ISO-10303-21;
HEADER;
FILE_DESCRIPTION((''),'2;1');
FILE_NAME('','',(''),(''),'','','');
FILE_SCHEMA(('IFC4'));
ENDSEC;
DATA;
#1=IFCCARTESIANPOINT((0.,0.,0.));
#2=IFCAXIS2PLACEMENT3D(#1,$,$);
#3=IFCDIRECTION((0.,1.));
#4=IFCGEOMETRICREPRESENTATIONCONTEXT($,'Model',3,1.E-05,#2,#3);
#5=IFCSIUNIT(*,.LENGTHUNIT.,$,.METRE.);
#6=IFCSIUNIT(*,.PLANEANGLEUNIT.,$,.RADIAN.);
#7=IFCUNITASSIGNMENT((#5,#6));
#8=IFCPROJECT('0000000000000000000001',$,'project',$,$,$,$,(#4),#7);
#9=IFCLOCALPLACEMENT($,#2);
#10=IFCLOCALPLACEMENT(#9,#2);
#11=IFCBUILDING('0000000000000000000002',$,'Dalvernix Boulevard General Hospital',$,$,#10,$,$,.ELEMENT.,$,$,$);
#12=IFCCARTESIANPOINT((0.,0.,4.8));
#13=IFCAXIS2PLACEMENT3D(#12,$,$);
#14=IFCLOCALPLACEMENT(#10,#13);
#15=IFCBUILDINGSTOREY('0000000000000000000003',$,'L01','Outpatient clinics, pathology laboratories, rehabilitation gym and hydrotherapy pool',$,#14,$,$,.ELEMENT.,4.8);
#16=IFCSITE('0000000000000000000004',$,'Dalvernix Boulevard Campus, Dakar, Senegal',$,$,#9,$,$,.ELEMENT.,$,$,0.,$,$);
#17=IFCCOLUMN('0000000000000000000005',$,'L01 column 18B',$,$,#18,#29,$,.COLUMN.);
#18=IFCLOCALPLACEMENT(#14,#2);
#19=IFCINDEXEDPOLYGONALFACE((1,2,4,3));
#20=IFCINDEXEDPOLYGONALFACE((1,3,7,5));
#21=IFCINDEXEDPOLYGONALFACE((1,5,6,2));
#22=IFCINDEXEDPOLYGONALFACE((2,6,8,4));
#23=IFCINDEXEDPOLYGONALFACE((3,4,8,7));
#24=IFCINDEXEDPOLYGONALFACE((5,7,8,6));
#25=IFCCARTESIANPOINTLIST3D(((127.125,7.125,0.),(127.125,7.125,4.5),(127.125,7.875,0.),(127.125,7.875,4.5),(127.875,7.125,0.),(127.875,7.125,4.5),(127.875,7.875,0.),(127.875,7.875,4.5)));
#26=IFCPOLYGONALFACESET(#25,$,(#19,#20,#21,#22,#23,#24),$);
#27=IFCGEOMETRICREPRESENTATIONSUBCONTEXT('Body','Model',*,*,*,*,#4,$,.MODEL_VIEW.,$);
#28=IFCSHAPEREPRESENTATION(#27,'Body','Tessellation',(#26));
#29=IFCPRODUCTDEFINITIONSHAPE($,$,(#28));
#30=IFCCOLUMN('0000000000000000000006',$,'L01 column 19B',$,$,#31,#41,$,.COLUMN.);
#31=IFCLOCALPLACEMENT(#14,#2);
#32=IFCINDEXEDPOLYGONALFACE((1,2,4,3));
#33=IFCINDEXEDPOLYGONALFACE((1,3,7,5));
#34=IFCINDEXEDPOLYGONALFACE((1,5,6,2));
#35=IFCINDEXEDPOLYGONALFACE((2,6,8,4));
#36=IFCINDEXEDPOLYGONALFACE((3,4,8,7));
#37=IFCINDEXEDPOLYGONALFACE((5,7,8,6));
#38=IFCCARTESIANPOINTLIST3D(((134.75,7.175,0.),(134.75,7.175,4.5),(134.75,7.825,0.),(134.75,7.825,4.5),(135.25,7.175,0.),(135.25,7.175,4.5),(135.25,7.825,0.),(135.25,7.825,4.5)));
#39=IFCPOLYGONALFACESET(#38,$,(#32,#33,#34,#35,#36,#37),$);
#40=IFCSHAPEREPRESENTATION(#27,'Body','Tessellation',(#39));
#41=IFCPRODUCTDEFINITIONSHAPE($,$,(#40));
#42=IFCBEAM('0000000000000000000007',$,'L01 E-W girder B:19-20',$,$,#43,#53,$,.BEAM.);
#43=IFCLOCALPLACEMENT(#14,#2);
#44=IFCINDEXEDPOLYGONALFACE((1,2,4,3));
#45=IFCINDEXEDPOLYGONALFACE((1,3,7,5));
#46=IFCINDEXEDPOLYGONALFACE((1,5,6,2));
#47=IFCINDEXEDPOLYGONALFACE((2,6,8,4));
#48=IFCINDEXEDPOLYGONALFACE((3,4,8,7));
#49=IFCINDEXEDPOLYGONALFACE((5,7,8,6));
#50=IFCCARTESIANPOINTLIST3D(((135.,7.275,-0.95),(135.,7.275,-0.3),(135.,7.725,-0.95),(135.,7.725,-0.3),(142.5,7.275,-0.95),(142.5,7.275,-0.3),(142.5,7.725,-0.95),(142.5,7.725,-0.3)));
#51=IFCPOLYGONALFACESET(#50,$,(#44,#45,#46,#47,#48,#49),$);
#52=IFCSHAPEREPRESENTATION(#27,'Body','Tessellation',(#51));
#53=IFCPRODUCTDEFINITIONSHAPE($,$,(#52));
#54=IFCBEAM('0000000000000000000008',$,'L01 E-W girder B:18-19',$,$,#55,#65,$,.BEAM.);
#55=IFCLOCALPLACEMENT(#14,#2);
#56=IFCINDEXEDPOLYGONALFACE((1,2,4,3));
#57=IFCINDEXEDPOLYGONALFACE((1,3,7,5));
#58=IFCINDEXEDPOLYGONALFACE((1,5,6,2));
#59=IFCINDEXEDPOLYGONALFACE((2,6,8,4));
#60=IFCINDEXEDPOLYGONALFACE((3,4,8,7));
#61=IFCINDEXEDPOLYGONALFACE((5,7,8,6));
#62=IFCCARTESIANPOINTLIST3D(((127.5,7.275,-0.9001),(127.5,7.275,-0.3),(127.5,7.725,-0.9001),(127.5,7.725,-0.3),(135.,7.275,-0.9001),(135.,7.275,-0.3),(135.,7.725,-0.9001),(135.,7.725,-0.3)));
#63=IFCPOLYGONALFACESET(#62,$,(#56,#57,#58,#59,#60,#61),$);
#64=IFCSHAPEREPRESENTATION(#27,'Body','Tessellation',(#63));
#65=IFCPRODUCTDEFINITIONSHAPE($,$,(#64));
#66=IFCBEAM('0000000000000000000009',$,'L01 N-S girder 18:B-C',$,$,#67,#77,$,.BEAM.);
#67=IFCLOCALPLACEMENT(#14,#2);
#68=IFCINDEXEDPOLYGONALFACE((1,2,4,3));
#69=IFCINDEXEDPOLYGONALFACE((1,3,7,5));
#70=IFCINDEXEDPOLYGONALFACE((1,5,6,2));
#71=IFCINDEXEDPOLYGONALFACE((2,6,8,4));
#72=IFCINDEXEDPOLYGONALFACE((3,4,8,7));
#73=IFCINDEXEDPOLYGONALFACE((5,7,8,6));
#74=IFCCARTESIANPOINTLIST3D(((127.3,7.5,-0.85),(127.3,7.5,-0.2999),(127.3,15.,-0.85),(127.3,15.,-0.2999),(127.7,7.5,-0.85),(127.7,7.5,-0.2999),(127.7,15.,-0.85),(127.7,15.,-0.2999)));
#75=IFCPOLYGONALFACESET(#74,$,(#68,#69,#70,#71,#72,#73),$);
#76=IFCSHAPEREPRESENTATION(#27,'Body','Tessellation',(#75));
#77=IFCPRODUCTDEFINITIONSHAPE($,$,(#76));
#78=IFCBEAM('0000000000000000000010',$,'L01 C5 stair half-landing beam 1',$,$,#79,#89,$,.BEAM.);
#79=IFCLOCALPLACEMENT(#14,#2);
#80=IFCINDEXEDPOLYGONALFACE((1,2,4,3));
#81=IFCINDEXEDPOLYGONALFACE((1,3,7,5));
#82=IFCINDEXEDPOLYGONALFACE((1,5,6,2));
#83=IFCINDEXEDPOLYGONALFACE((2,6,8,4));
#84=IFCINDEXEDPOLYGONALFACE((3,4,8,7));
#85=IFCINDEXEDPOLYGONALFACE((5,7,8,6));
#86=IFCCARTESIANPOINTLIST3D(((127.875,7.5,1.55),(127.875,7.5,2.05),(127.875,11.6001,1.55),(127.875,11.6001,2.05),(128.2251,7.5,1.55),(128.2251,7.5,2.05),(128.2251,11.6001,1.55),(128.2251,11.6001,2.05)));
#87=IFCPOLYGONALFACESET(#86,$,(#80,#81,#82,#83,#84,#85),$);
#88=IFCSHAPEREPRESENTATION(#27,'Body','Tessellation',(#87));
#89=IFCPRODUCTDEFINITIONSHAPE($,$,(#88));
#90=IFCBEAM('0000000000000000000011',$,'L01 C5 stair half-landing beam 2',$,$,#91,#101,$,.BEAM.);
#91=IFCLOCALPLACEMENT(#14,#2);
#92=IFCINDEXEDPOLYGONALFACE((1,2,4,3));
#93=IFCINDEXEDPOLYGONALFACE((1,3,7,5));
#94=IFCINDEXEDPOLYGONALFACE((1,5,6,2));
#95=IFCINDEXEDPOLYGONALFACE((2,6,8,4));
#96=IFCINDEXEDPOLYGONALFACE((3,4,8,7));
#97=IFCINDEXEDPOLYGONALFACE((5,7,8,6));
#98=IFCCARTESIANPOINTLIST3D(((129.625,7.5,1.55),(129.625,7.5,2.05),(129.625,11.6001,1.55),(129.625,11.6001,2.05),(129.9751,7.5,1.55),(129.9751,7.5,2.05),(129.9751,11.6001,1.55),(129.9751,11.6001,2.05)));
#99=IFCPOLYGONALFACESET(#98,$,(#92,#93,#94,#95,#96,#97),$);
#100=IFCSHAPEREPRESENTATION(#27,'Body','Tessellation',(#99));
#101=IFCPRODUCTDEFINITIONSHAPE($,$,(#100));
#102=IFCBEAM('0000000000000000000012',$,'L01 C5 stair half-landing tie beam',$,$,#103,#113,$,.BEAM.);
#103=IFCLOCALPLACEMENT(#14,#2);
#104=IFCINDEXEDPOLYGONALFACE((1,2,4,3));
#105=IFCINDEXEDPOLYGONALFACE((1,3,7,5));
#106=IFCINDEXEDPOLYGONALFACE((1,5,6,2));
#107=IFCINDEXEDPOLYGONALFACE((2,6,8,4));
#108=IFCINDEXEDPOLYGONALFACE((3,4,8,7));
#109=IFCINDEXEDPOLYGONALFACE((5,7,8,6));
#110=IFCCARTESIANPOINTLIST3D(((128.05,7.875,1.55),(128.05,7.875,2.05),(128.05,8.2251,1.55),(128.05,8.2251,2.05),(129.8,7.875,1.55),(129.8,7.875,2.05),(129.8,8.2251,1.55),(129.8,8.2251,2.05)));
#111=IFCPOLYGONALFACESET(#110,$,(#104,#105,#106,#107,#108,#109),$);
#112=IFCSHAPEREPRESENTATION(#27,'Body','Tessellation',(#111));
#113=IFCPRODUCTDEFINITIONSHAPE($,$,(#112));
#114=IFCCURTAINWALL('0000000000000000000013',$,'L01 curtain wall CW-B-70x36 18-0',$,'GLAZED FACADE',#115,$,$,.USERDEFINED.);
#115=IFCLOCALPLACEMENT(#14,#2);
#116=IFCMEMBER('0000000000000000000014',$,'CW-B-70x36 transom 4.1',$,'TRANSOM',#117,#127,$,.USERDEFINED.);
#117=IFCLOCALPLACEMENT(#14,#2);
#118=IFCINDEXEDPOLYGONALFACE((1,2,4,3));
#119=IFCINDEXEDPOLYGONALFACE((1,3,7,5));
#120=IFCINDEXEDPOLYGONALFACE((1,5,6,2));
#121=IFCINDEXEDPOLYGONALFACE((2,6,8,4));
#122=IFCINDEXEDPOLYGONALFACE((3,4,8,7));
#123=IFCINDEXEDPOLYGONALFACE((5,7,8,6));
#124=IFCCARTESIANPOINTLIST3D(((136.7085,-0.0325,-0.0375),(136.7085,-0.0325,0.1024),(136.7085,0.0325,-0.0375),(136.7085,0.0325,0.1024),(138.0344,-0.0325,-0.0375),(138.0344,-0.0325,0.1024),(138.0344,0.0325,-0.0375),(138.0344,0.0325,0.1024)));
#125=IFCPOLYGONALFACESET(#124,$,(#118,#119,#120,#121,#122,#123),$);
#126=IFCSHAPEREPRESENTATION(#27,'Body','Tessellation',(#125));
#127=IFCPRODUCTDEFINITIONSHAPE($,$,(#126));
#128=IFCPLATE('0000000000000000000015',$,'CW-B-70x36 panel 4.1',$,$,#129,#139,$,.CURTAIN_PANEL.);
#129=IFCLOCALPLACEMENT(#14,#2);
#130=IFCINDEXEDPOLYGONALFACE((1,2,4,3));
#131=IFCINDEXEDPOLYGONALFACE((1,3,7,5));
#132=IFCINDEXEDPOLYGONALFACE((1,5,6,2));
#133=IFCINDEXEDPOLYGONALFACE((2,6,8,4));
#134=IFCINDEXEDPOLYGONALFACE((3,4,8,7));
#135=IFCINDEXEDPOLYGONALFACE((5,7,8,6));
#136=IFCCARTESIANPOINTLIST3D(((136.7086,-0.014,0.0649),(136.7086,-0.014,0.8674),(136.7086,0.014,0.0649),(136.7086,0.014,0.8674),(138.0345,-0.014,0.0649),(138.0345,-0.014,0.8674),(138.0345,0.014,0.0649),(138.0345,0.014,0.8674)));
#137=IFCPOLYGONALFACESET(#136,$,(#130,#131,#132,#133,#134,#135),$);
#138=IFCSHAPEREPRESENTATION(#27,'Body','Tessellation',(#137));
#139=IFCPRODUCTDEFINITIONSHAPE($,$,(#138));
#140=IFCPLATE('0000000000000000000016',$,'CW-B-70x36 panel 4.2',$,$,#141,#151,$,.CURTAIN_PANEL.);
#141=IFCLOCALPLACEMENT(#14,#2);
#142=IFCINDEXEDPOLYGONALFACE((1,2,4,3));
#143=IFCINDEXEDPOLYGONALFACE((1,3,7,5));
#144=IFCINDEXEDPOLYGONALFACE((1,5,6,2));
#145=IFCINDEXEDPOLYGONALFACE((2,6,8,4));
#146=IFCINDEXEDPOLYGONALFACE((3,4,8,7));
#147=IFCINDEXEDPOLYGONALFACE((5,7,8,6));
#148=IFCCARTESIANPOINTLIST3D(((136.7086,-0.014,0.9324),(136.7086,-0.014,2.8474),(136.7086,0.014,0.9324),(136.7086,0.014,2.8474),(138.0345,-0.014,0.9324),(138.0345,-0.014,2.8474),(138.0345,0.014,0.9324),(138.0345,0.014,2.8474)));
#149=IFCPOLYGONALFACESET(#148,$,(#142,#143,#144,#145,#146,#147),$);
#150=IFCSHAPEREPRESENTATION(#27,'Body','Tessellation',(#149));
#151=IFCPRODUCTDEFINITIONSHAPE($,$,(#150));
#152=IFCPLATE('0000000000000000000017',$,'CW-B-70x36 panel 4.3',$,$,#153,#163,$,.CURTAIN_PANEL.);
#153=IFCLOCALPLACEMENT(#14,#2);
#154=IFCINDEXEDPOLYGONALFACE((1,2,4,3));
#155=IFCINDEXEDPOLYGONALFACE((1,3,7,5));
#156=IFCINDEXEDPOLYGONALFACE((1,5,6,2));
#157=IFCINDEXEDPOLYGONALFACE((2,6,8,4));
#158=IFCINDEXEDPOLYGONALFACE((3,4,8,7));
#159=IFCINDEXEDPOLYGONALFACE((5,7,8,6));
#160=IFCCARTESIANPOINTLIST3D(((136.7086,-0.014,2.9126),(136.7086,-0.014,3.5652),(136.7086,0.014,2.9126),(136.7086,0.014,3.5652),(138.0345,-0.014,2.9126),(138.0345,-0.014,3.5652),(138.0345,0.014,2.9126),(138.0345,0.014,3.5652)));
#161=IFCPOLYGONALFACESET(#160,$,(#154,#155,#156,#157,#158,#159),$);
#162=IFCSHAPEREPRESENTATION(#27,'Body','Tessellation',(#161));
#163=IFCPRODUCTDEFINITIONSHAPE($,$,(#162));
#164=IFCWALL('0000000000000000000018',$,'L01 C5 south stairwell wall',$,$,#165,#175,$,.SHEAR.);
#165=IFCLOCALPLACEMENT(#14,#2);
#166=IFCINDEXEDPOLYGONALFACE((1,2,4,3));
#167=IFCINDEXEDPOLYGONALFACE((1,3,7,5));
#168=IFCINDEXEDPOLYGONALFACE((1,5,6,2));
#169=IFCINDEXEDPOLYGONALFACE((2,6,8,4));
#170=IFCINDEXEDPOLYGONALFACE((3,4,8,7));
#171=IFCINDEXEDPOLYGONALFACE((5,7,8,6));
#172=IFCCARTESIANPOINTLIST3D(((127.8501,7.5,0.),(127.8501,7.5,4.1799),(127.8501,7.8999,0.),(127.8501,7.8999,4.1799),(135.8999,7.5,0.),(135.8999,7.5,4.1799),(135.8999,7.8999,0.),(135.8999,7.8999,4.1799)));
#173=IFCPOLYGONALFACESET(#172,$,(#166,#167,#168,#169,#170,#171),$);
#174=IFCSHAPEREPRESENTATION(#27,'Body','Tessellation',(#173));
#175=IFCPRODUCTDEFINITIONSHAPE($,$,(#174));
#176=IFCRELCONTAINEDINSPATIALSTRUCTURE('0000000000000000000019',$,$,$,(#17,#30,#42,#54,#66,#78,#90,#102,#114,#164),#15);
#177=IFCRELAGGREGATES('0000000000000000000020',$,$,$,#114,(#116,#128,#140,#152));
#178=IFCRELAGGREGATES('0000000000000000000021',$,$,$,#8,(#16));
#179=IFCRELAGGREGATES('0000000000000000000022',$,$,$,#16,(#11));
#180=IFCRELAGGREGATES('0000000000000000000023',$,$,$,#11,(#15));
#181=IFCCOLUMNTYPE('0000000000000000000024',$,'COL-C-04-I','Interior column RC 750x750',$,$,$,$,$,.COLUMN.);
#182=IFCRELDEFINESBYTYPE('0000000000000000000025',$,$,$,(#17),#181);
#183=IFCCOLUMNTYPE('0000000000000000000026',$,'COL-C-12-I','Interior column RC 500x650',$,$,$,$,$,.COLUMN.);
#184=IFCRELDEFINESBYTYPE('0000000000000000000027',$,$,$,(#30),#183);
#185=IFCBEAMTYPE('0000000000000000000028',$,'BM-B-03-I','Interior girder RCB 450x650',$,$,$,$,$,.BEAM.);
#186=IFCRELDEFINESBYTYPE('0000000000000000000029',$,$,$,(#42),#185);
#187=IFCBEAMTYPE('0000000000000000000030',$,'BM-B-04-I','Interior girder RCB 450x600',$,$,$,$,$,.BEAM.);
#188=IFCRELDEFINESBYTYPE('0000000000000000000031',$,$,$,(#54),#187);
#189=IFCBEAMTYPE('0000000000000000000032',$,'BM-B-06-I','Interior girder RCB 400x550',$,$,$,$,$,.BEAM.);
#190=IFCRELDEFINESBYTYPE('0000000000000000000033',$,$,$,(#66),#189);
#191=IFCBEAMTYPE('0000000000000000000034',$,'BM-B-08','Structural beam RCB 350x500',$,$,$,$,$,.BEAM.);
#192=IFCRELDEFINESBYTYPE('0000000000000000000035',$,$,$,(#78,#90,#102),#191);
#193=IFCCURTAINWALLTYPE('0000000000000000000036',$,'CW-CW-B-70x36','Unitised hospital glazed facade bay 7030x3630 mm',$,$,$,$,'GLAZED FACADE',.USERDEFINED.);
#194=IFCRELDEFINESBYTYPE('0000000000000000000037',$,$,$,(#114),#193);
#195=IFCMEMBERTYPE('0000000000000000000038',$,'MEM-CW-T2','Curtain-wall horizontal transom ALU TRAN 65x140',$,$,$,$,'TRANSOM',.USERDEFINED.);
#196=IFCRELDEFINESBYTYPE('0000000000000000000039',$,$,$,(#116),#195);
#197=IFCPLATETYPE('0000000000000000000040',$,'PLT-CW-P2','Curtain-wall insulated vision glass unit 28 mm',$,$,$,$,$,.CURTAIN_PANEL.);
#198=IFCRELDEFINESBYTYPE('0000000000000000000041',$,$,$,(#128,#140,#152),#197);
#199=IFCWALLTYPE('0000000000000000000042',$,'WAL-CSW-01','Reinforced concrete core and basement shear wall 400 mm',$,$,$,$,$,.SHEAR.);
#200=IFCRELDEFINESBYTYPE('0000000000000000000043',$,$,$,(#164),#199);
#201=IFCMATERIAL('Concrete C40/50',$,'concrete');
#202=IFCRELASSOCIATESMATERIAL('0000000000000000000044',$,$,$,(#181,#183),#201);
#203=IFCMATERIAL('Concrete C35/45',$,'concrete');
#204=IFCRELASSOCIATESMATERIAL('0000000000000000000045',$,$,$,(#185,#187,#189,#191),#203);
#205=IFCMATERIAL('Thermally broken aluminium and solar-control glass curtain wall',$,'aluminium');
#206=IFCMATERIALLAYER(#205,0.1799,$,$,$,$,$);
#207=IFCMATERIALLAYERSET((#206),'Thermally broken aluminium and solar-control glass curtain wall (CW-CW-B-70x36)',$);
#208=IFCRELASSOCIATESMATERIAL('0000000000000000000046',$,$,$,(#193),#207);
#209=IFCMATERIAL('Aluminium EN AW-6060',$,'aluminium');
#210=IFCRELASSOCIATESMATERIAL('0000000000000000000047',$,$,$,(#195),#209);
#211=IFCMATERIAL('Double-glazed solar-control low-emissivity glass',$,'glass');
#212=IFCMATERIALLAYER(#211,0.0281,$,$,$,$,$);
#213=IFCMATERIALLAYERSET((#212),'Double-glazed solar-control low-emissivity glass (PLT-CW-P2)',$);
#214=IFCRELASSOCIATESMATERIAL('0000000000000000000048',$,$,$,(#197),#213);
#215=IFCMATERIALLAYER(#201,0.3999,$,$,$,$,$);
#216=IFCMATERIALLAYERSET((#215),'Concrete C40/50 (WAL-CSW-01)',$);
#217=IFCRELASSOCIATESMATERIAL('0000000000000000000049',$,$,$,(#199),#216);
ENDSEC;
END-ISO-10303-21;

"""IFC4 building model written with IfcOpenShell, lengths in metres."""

from ifc_helpers import new_model, si_unit, direction, frame, frame_2d, origin, origin_2d, place, context, subcontext, project, spatial, rectangle, extrude, material, layer, layer_set, material_profile, profile_set, type_object, element, aggregate, save


model = new_model("IFC4")

# Units and contexts
model_context = context("Model", 3, precision=1e-05, world=origin(), true_north=direction((0.0, 1.0)))
body_context = subcontext(model_context, "Body", "Model", "MODEL_VIEW")
ifc_project = project(units=[si_unit("LENGTHUNIT", "METRE"), si_unit("PLANEANGLEUNIT", "RADIAN")], contexts=[model_context])

# Site, building, storey
site_placement = place(None, origin())
site = spatial("IfcSite", under=ifc_project, at=site_placement, Name="Dalvernix Boulevard Campus, Dakar, Senegal", CompositionType="ELEMENT", RefElevation=0.0)
building_placement = place(site_placement, origin())
building = spatial("IfcBuilding", under=site, at=building_placement, Name="Dalvernix Boulevard General Hospital", CompositionType="ELEMENT")
storey_placement = place(building_placement, frame((0.0, 0.0, 4.8)))
storey = spatial("IfcBuildingStorey", under=building, at=storey_placement, Name="L01", Description="Outpatient clinics, pathology laboratories, rehabilitation gym and hydrotherapy pool", CompositionType="ELEMENT", Elevation=4.8)

# Columns
ifc_material_1 = material(Name="Concrete C40/50", Category="concrete")
ifc_material_profile_1 = material_profile(ifc_material_1, rectangle(XDim=0.75, YDim=0.75, at=origin_2d()), Name="RC 750x750")
ifc_profile_set_1 = profile_set([ifc_material_profile_1], Name="Concrete C40/50")
column_type_1 = type_object("IfcColumnType", Name="COL-C-04-I", Description="Interior column RC 750x750", PredefinedType="COLUMN", material=ifc_profile_set_1)
column_1_placement = place(storey_placement, frame((127.5, 7.5, 0.0), z_axis=(0.0, 0.0, 1.0), x_axis=(1.0, 0.0, 0.0)))
element("IfcColumn", 1, at=column_1_placement, inside=storey, type_object=column_type_1, Name="L01 column 18B", PredefinedType="COLUMN", context=body_context, shape_type="SweptSolid", body=[
    extrude(rectangle(XDim=0.75, YDim=0.75, at=origin_2d()), origin(), (0.0, 0.0, 1.0), 4.5),
])
ifc_material_profile_2 = material_profile(ifc_material_1, rectangle(XDim=0.5, YDim=0.6499, at=origin_2d()), Name="RC 500x650")
ifc_profile_set_2 = profile_set([ifc_material_profile_2], Name="Concrete C40/50")
column_type_2 = type_object("IfcColumnType", Name="COL-C-12-I", Description="Interior column RC 500x650", PredefinedType="COLUMN", material=ifc_profile_set_2)
column_2_placement = place(storey_placement, frame((135.0, 7.5, 0.0), z_axis=(0.0, 0.0, 1.0), x_axis=(1.0, 0.0, 0.0)))
element("IfcColumn", 2, at=column_2_placement, inside=storey, type_object=column_type_2, Name="L01 column 19B", PredefinedType="COLUMN", context=body_context, shape_type="SweptSolid", body=[
    extrude(rectangle(XDim=0.5, YDim=0.6499, at=origin_2d()), origin(), (0.0, 0.0, 1.0), 4.5),
])

# Beams
ifc_material_2 = material(Name="Concrete C35/45", Category="concrete")
ifc_material_profile_3 = material_profile(ifc_material_2, rectangle(XDim=0.45, YDim=0.6499, at=origin_2d()), Name="RCB 450x650")
ifc_profile_set_3 = profile_set([ifc_material_profile_3], Name="Concrete C35/45")
beam_type_1 = type_object("IfcBeamType", Name="BM-B-03-I", Description="Interior girder RCB 450x650", PredefinedType="BEAM", material=ifc_profile_set_3)
beam_1_placement = place(storey_placement, frame((135.0, 7.5, -0.625), z_axis=(1.0, 0.0, 0.0), x_axis=(0.0, 1.0, 0.0)))
element("IfcBeam", 3, at=beam_1_placement, inside=storey, type_object=beam_type_1, Name="L01 E-W girder B:19-20", PredefinedType="BEAM", context=body_context, shape_type="SweptSolid", body=[
    extrude(rectangle(XDim=0.45, YDim=0.6499, at=origin_2d()), origin(), (0.0, 0.0, 1.0), 7.5),
])
ifc_material_profile_4 = material_profile(ifc_material_2, rectangle(XDim=0.45, YDim=0.6001, at=origin_2d()), Name="RCB 450x600")
ifc_profile_set_4 = profile_set([ifc_material_profile_4], Name="Concrete C35/45")
beam_type_2 = type_object("IfcBeamType", Name="BM-B-04-I", Description="Interior girder RCB 450x600", PredefinedType="BEAM", material=ifc_profile_set_4)
beam_2_placement = place(storey_placement, frame((127.5, 7.5, -0.6001), z_axis=(1.0, 0.0, 0.0), x_axis=(0.0, 1.0, 0.0)))
element("IfcBeam", 4, at=beam_2_placement, inside=storey, type_object=beam_type_2, Name="L01 E-W girder B:18-19", PredefinedType="BEAM", context=body_context, shape_type="SweptSolid", body=[
    extrude(rectangle(XDim=0.45, YDim=0.6001, at=origin_2d()), origin(), (0.0, 0.0, 1.0), 7.5),
])
ifc_material_profile_5 = material_profile(ifc_material_2, rectangle(XDim=0.3999, YDim=0.55, at=origin_2d()), Name="RCB 400x550")
ifc_profile_set_5 = profile_set([ifc_material_profile_5], Name="Concrete C35/45")
beam_type_3 = type_object("IfcBeamType", Name="BM-B-06-I", Description="Interior girder RCB 400x550", PredefinedType="BEAM", material=ifc_profile_set_5)
beam_3_placement = place(storey_placement, frame((127.5, 7.5, -0.575), z_axis=(0.0, 1.0, 0.0), x_axis=(-1.0, 0.0, 0.0)))
element("IfcBeam", 5, at=beam_3_placement, inside=storey, type_object=beam_type_3, Name="L01 N-S girder 18:B-C", PredefinedType="BEAM", context=body_context, shape_type="SweptSolid", body=[
    extrude(rectangle(XDim=0.3999, YDim=0.55, at=origin_2d()), origin(), (0.0, 0.0, 1.0), 7.5),
])
ifc_material_profile_6 = material_profile(ifc_material_2, rectangle(XDim=0.3501, YDim=0.5, at=origin_2d()), Name="RCB 350x500")
ifc_profile_set_6 = profile_set([ifc_material_profile_6], Name="Concrete C35/45")
beam_type_4 = type_object("IfcBeamType", Name="BM-B-08", Description="Structural beam RCB 350x500", PredefinedType="BEAM", material=ifc_profile_set_6)
for number, where, z_axis, x_axis, name in (
    (6, (128.05, 7.5, 1.8), (0.0, 1.0, 0.0), (-1.0, 0.0, 0.0), "L01 C5 stair half-landing beam 1"),
    (7, (129.8, 7.5, 1.8), (0.0, 1.0, 0.0), (-1.0, 0.0, 0.0), "L01 C5 stair half-landing beam 2"),
):
    element("IfcBeam", number, at=place(storey_placement, frame(where, z_axis=z_axis, x_axis=x_axis)), inside=storey, type_object=beam_type_4, Name=name, PredefinedType="BEAM", context=body_context, shape_type="SweptSolid", body=[
        extrude(rectangle(XDim=0.3501, YDim=0.5, at=origin_2d()), origin(), (0.0, 0.0, 1.0), 4.1001),
    ])
beam_4_placement = place(storey_placement, frame((128.05, 8.05, 1.8), z_axis=(1.0, 0.0, 0.0), x_axis=(0.0, 1.0, 0.0)))
element("IfcBeam", 8, at=beam_4_placement, inside=storey, type_object=beam_type_4, Name="L01 C5 stair half-landing tie beam", PredefinedType="BEAM", context=body_context, shape_type="SweptSolid", body=[
    extrude(rectangle(XDim=0.3501, YDim=0.5, at=origin_2d()), origin(), (0.0, 0.0, 1.0), 1.75),
])

# Curtain wall, member, plates
ifc_material_3 = material(Name="Thermally broken aluminium and solar-control glass curtain wall", Category="aluminium")
ifc_layer_1 = layer(ifc_material_3, 0.1799)
ifc_layer_set_1 = layer_set([ifc_layer_1], Name="Thermally broken aluminium and solar-control glass curtain wall (CW-CW-B-70x36)")
curtain_wall_type = type_object("IfcCurtainWallType", Name="CW-CW-B-70x36", Description="Unitised hospital glazed facade bay 7030x3630 mm", ElementType="GLAZED FACADE", PredefinedType="USERDEFINED", material=ifc_layer_set_1)
curtain_wall_placement = place(storey_placement, origin())
curtain_wall = element("IfcCurtainWall", 9, at=curtain_wall_placement, inside=storey, type_object=curtain_wall_type, Name="L01 curtain wall CW-B-70x36 18-0", ObjectType="GLAZED FACADE", PredefinedType="USERDEFINED")
ifc_material_4 = material(Name="Aluminium EN AW-6060", Category="aluminium")
ifc_material_profile_7 = material_profile(ifc_material_4, rectangle(XDim=0.0649, YDim=0.1399, at=origin_2d()), Name="ALU TRAN 65x140")
ifc_profile_set_7 = profile_set([ifc_material_profile_7], Name="Aluminium EN AW-6060")
member_type = type_object("IfcMemberType", Name="MEM-CW-T2", Description="Curtain-wall horizontal transom ALU TRAN 65x140", ElementType="TRANSOM", PredefinedType="USERDEFINED", material=ifc_profile_set_7)
member_placement = place(storey_placement, frame((138.0344, 0.0, 0.0325), z_axis=(-1.0, 0.0, 0.0), x_axis=(0.0, -1.0, 0.0)))
member = element("IfcMember", 10, at=member_placement, type_object=member_type, Name="CW-B-70x36 transom 4.1", ObjectType="TRANSOM", PredefinedType="USERDEFINED", context=body_context, shape_type="SweptSolid", body=[
    extrude(rectangle(XDim=0.0649, YDim=0.1399, at=origin_2d()), origin(), (0.0, 0.0, 1.0), 1.3259),
])
ifc_material_5 = material(Name="Double-glazed solar-control low-emissivity glass", Category="glass")
ifc_layer_2 = layer(ifc_material_5, 0.0281)
ifc_layer_set_2 = layer_set([ifc_layer_2], Name="Double-glazed solar-control low-emissivity glass (PLT-CW-P2)")
plate_type = type_object("IfcPlateType", Name="PLT-CW-P2", Description="Curtain-wall insulated vision glass unit 28 mm", PredefinedType="CURTAIN_PANEL", material=ifc_layer_set_2)
plate_1_placement = place(storey_placement, frame((137.3716, 0.0, 0.0649), z_axis=(0.0, 0.0, 1.0), x_axis=(-1.0, 0.0, 0.0)))
plate_1 = element("IfcPlate", 11, at=plate_1_placement, type_object=plate_type, Name="CW-B-70x36 panel 4.1", PredefinedType="CURTAIN_PANEL", context=body_context, shape_type="SweptSolid", body=[
    extrude(rectangle(XDim=1.3259, YDim=0.0281, at=origin_2d()), origin(), (0.0, 0.0, 1.0), 0.8025),
])
plate_2_placement = place(storey_placement, frame((137.3716, 0.0, 0.9324), z_axis=(0.0, 0.0, 1.0), x_axis=(-1.0, 0.0, 0.0)))
plate_2 = element("IfcPlate", 12, at=plate_2_placement, type_object=plate_type, Name="CW-B-70x36 panel 4.2", PredefinedType="CURTAIN_PANEL", context=body_context, shape_type="SweptSolid", body=[
    extrude(rectangle(XDim=1.3259, YDim=0.0281, at=origin_2d()), origin(), (0.0, 0.0, 1.0), 1.915),
])
plate_3_placement = place(storey_placement, frame((137.3716, 0.0, 2.9126), z_axis=(0.0, 0.0, 1.0), x_axis=(-1.0, 0.0, 0.0)))
plate_3 = element("IfcPlate", 13, at=plate_3_placement, type_object=plate_type, Name="CW-B-70x36 panel 4.3", PredefinedType="CURTAIN_PANEL", context=body_context, shape_type="SweptSolid", body=[
    extrude(rectangle(XDim=1.3259, YDim=0.0281, at=origin_2d()), origin(), (0.0, 0.0, 1.0), 0.6526),
])
aggregate(curtain_wall, [member, plate_1, plate_2, plate_3])

# Wall
ifc_layer_3 = layer(ifc_material_1, 0.3999)
ifc_layer_set_3 = layer_set([ifc_layer_3], Name="Concrete C40/50 (WAL-CSW-01)")
wall_type_1 = type_object("IfcWallType", Name="WAL-CSW-01", Description="Reinforced concrete core and basement shear wall 400 mm", PredefinedType="SHEAR", material=ifc_layer_set_3)
wall_1_placement = place(storey_placement, frame((127.8501, 7.7, 0.0), z_axis=(0.0, 0.0, 1.0), x_axis=(1.0, 0.0, 0.0)))
element("IfcWall", 14, at=wall_1_placement, inside=storey, type_object=wall_type_1, Name="L01 C5 south stairwell wall", PredefinedType="SHEAR", context=body_context, shape_type="SweptSolid", body=[
    extrude(rectangle(XDim=8.0498, YDim=0.3999, at=frame_2d((4.0249, 0.0))), origin(), (0.0, 0.0, 1.0), 4.1799),
])

save(model, "model.ifc")
